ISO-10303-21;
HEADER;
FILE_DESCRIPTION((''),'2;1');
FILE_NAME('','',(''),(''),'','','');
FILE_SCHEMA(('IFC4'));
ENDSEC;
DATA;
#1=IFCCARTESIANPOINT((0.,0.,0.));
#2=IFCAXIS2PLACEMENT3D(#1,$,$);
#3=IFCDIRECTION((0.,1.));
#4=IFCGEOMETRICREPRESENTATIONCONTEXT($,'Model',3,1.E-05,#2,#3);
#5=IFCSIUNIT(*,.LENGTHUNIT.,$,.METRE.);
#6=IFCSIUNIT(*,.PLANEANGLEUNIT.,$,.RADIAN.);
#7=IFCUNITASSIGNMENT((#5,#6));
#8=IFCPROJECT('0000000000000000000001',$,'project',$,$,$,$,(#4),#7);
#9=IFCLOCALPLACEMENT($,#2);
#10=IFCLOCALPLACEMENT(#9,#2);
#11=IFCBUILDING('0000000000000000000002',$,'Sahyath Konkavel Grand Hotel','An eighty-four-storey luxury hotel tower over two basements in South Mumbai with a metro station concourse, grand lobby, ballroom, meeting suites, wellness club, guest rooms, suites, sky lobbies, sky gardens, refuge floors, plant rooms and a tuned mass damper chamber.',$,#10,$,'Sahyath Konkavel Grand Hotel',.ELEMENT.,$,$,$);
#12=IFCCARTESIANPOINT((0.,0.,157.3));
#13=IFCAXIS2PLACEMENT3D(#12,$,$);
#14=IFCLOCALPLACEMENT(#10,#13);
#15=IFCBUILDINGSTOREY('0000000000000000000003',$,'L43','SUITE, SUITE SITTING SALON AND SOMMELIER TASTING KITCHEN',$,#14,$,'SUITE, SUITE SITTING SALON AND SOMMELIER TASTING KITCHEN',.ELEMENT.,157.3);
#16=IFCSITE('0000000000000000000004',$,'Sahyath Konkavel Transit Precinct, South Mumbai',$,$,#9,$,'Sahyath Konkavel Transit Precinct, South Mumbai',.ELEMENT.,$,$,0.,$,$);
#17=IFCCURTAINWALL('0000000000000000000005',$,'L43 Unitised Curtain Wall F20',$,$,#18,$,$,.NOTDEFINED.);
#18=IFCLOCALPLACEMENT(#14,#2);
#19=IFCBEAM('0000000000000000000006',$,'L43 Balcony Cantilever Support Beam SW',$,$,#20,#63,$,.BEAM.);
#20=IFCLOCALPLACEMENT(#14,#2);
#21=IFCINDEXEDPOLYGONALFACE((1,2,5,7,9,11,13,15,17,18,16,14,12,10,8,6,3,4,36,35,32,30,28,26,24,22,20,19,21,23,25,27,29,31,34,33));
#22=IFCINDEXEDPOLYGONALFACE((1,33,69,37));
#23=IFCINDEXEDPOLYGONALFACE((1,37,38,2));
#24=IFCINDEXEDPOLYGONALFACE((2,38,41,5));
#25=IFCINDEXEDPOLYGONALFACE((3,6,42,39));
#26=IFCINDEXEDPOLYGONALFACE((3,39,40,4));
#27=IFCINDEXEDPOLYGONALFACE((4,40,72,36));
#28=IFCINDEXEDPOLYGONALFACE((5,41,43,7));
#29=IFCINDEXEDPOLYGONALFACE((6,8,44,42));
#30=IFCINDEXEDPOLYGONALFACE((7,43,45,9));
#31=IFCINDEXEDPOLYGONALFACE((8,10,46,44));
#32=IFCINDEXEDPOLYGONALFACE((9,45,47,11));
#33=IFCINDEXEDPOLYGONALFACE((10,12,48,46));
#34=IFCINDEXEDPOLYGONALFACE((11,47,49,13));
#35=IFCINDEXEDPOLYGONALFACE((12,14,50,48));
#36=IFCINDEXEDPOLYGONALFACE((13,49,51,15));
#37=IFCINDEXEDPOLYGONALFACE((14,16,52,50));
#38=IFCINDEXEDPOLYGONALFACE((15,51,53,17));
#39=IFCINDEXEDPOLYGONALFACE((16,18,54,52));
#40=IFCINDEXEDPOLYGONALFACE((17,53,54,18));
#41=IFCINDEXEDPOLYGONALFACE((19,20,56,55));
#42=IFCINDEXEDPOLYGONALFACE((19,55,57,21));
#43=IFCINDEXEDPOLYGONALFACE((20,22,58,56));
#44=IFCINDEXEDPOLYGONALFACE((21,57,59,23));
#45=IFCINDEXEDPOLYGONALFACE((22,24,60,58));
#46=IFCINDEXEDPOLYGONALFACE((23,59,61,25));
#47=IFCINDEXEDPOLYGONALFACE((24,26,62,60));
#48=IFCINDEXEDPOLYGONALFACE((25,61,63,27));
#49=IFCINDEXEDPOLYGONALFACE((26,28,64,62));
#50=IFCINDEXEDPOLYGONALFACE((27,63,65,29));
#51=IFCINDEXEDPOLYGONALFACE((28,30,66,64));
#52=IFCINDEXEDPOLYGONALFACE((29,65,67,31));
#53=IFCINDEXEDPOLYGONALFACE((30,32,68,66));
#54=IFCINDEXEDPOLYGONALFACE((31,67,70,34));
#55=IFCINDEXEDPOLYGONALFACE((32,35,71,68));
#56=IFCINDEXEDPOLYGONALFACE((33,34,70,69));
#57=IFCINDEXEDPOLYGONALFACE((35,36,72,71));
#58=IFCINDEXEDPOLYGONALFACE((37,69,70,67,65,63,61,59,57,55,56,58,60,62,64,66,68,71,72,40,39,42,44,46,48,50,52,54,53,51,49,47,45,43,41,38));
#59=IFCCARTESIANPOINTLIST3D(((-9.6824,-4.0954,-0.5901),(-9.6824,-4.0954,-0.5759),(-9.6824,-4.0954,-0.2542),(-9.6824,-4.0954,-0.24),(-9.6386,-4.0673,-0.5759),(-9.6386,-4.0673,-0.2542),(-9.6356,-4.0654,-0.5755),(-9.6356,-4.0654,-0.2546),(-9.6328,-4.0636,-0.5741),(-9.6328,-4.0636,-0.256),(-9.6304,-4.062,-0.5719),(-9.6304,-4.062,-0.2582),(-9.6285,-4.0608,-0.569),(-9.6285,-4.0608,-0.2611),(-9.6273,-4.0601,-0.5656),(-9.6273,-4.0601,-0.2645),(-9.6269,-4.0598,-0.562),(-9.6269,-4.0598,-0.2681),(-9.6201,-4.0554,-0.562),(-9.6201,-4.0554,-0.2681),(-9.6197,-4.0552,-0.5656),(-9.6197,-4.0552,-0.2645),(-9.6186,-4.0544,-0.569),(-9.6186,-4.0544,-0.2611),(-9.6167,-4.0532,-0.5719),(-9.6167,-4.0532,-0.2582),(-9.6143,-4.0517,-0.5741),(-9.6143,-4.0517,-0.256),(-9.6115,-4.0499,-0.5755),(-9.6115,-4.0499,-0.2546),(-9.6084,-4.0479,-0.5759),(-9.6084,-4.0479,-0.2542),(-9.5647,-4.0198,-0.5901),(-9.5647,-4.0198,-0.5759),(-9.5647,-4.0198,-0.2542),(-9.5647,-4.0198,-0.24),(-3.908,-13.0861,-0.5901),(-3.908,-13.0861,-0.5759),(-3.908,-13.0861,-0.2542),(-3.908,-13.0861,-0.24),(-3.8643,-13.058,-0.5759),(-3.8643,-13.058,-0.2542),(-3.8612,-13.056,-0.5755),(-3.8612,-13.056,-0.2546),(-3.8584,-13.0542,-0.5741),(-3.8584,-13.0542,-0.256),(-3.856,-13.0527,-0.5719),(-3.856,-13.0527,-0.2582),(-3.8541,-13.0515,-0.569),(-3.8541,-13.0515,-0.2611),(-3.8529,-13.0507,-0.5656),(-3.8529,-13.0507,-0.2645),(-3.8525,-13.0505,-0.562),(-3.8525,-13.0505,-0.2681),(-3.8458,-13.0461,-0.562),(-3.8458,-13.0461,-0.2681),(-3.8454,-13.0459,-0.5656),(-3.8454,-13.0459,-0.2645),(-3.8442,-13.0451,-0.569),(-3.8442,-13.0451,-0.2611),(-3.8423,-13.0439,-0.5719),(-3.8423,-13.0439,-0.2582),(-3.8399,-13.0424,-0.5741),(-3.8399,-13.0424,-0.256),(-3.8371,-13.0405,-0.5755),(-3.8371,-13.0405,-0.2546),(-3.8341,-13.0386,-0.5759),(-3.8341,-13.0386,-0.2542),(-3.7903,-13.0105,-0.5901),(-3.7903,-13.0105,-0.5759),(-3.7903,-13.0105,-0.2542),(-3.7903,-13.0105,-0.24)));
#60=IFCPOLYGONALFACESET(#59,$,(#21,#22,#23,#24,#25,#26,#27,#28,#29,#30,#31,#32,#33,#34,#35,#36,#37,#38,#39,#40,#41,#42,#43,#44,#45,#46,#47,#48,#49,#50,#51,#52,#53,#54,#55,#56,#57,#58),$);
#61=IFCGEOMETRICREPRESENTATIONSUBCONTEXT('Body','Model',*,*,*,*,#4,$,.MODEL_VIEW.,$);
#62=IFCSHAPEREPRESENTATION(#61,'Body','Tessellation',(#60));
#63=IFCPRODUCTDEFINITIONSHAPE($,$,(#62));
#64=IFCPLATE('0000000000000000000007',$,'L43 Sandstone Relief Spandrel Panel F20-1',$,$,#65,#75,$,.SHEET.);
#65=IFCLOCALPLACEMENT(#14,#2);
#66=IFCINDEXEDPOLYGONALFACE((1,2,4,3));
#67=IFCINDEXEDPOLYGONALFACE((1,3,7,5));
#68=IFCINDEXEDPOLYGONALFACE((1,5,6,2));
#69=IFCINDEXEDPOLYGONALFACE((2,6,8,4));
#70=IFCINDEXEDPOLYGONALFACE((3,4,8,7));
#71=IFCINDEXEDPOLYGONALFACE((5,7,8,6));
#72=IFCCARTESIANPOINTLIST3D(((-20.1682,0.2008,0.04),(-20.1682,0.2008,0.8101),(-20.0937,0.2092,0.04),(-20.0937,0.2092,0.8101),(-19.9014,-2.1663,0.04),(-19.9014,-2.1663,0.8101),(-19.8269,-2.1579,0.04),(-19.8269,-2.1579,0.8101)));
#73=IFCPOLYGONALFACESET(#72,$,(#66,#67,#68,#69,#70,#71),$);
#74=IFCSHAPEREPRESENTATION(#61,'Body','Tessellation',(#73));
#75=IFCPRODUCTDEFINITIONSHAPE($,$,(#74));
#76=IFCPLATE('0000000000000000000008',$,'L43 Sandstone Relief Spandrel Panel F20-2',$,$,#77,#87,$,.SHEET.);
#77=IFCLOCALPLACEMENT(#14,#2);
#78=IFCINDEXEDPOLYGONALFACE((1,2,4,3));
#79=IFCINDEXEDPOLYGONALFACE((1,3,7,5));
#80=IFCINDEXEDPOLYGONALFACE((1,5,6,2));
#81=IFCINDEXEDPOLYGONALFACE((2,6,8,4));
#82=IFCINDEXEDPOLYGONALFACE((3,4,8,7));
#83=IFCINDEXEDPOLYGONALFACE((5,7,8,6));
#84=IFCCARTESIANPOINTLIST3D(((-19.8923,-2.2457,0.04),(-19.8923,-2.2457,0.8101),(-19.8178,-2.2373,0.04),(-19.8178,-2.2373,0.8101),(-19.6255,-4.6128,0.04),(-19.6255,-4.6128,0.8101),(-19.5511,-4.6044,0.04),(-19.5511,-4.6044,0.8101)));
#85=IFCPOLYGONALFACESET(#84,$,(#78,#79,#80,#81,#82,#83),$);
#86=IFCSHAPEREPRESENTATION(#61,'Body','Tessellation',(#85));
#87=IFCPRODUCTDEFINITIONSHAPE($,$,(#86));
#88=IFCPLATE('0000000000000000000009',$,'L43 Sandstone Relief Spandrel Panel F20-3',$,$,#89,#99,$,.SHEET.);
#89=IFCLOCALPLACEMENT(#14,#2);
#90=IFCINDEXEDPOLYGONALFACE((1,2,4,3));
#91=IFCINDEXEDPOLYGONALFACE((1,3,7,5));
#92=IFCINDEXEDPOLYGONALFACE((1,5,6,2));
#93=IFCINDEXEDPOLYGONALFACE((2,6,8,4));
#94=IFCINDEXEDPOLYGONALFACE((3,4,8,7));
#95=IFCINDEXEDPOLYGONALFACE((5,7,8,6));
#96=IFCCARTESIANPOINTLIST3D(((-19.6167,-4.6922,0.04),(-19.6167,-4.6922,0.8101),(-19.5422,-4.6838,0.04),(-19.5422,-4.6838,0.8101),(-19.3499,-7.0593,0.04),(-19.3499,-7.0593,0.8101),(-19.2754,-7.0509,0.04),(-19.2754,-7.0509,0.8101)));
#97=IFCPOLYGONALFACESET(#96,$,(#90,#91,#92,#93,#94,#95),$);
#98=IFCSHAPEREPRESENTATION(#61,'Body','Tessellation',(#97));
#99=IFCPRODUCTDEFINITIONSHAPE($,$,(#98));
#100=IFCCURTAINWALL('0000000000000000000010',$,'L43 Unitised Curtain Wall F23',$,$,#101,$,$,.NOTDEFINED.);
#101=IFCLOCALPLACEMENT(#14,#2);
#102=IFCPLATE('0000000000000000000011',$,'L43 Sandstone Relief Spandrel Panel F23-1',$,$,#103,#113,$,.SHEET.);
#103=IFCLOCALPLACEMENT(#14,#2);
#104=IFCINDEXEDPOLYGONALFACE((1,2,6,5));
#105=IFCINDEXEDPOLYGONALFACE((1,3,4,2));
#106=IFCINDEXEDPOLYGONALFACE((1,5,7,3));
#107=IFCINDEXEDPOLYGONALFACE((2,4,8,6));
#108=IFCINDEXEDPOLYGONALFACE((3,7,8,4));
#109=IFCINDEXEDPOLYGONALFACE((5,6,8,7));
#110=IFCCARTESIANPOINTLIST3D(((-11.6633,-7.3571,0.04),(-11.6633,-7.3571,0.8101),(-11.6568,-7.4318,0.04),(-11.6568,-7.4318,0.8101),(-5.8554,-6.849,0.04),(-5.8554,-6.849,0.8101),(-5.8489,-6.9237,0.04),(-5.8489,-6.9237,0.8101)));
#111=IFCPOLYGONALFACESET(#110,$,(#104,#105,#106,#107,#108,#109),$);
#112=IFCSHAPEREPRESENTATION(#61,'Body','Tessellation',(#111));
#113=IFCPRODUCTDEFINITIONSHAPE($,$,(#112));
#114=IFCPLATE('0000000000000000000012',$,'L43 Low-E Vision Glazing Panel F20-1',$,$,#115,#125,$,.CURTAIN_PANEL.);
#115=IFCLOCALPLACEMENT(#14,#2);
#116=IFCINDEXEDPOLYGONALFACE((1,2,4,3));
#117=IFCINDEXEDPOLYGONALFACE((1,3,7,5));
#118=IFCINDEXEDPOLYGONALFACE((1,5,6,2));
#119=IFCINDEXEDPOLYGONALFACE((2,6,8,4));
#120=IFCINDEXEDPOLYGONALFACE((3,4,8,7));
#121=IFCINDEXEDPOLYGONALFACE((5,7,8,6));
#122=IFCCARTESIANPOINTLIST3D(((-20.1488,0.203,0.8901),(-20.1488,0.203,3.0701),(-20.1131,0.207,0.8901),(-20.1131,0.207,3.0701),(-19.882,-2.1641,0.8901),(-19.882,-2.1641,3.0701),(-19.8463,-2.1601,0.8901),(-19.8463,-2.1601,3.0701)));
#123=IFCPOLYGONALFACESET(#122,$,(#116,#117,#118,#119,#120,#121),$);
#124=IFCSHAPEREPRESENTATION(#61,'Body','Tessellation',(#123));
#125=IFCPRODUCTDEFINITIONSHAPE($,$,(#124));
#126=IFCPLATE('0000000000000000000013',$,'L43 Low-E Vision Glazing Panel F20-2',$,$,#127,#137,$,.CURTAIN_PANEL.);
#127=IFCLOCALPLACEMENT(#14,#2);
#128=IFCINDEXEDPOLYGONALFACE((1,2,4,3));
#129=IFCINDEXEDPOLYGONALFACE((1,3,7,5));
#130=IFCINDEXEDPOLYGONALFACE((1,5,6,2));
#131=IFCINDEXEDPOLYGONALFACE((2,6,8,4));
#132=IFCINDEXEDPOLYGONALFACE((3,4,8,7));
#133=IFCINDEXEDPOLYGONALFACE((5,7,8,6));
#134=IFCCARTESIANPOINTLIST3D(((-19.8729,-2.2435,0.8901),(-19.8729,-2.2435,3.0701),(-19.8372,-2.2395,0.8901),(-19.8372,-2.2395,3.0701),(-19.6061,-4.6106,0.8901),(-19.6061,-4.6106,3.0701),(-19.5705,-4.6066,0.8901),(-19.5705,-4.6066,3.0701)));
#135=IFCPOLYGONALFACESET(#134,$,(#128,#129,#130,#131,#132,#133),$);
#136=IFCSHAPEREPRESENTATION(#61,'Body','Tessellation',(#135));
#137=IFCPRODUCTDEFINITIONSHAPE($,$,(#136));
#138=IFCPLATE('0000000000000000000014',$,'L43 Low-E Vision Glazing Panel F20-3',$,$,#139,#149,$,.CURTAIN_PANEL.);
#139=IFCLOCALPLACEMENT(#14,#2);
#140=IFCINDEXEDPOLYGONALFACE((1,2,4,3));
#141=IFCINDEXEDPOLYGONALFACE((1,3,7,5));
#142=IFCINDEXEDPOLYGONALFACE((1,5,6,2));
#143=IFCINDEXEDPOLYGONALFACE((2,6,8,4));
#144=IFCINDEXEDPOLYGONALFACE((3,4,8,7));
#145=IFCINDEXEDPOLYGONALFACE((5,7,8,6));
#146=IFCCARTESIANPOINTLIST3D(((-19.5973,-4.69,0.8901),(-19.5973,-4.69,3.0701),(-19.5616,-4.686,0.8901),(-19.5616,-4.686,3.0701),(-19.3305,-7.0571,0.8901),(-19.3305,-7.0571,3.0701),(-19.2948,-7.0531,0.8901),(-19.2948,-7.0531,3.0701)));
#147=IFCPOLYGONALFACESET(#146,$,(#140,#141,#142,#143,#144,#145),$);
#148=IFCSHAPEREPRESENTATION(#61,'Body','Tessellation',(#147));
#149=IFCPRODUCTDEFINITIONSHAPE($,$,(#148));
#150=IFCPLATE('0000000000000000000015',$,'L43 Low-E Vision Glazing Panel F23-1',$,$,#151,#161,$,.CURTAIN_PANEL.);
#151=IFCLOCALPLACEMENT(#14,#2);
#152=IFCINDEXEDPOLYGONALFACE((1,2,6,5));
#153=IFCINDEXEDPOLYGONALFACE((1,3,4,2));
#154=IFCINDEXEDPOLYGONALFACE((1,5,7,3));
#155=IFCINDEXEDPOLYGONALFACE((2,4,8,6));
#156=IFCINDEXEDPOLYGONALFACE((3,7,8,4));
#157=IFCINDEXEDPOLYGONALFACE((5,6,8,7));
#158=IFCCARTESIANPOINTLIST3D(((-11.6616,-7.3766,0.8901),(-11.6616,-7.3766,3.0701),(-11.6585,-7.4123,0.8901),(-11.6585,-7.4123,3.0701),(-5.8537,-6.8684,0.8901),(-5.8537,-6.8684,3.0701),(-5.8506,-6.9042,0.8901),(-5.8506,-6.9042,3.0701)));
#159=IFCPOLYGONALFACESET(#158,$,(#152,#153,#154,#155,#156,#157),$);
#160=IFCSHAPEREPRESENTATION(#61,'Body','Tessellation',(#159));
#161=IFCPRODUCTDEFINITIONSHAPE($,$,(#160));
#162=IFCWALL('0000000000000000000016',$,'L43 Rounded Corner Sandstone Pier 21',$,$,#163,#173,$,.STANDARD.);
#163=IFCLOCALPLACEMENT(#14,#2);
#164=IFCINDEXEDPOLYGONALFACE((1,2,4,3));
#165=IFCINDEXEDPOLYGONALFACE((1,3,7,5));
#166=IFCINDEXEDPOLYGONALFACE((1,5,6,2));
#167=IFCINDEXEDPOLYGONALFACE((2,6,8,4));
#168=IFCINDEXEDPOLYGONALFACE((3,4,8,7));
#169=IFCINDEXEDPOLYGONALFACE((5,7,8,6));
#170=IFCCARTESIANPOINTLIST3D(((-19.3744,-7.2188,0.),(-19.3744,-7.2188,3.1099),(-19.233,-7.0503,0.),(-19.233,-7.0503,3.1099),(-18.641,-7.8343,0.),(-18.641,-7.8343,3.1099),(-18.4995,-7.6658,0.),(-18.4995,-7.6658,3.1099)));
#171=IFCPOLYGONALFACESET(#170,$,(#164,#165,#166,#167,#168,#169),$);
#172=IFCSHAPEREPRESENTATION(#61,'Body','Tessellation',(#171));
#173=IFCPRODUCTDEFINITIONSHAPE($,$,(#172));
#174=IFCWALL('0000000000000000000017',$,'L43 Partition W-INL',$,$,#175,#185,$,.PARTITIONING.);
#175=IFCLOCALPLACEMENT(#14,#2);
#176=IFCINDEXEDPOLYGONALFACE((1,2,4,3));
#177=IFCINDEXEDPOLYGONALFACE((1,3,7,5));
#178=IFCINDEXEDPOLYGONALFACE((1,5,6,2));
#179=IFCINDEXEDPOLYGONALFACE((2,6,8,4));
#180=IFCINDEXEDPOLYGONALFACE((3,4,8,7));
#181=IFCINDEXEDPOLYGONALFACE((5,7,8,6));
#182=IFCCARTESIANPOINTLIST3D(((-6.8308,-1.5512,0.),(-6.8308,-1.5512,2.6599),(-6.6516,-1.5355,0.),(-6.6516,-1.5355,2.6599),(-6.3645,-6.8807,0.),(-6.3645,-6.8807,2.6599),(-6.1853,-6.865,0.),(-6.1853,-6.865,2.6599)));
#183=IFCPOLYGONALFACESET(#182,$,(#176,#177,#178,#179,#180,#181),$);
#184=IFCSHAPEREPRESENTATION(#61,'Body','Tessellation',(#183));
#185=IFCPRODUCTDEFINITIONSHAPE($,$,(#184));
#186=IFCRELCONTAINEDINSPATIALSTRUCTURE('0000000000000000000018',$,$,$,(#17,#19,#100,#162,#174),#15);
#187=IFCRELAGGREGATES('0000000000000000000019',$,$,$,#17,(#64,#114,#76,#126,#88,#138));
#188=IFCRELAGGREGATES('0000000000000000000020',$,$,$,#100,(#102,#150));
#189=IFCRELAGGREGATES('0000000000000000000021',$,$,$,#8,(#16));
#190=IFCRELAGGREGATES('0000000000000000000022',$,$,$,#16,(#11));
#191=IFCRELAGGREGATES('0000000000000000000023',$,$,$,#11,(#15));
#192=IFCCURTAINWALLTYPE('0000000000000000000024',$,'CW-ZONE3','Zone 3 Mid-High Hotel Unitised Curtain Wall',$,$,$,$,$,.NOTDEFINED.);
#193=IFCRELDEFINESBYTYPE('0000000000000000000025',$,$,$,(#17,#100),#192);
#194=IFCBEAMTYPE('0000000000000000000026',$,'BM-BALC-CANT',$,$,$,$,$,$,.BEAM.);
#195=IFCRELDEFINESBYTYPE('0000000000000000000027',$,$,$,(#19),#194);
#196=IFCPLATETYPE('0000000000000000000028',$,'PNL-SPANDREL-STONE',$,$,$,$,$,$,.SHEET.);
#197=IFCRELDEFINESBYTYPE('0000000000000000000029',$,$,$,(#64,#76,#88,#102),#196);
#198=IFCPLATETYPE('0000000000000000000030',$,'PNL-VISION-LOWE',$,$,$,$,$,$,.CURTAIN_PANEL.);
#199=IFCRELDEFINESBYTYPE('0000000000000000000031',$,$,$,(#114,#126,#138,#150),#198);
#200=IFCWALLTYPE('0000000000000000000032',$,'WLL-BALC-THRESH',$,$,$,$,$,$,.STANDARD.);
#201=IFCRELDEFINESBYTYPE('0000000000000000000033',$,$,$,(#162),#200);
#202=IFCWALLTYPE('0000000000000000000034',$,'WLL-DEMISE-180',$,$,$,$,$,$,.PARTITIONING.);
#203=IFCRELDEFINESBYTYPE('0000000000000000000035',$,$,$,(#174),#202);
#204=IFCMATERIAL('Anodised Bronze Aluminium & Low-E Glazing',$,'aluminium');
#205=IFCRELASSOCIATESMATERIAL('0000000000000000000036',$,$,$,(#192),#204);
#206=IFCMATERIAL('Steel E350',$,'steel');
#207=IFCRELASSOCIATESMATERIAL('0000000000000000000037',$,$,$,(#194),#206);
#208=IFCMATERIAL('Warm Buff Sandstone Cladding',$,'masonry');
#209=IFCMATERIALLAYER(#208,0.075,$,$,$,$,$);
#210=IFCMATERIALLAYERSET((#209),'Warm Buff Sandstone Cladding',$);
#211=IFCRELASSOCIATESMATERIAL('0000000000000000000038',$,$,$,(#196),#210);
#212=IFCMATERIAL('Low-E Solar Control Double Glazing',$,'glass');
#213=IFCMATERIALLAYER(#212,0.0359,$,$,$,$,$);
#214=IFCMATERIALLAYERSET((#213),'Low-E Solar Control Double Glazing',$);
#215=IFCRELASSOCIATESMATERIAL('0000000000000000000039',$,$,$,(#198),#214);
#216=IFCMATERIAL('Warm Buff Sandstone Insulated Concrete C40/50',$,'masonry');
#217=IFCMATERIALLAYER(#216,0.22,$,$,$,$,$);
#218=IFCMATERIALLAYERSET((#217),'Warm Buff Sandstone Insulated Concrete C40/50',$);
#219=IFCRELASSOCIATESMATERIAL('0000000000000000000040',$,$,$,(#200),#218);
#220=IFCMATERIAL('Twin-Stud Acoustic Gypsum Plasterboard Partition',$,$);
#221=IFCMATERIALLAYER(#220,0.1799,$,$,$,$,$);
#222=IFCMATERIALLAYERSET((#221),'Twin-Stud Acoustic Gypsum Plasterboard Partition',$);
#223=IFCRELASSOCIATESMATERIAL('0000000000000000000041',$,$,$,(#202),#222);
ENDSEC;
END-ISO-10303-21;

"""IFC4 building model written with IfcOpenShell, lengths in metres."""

from ifc_helpers import new_model, si_unit, direction, frame, frame_2d, origin, origin_2d, place, context, subcontext, project, spatial, rectangle, i_section, extrude, source, transform, mapped, material, layer, layer_set, material_profile, profile_set, type_object, element, aggregate, save


model = new_model("IFC4")

# Units and contexts
model_context = context("Model", 3, precision=1e-05, world=origin(), true_north=direction((0.0, 1.0)))
body_context = subcontext(model_context, "Body", "Model", "MODEL_VIEW")
ifc_project = project(units=[si_unit("LENGTHUNIT", "METRE"), si_unit("PLANEANGLEUNIT", "RADIAN")], contexts=[model_context])

# Site, building, storey
site_placement = place(None, origin())
site = spatial("IfcSite", under=ifc_project, at=site_placement, Name="Sahyath Konkavel Transit Precinct, South Mumbai", LongName="Sahyath Konkavel Transit Precinct, South Mumbai", CompositionType="ELEMENT", RefElevation=0.0)
building_placement = place(site_placement, origin())
building = spatial("IfcBuilding", under=site, at=building_placement, Name="Sahyath Konkavel Grand Hotel", Description="An eighty-four-storey luxury hotel tower over two basements in South Mumbai with a metro station concourse, grand lobby, ballroom, meeting suites, wellness club, guest rooms, suites, sky lobbies, sky gardens, refuge floors, plant rooms and a tuned mass damper chamber.", LongName="Sahyath Konkavel Grand Hotel", CompositionType="ELEMENT")
storey_placement = place(building_placement, frame((0.0, 0.0, 157.3)))
storey = spatial("IfcBuildingStorey", under=building, at=storey_placement, Name="L43", Description="SUITE, SUITE SITTING SALON AND SOMMELIER TASTING KITCHEN", LongName="SUITE, SUITE SITTING SALON AND SOMMELIER TASTING KITCHEN", CompositionType="ELEMENT", Elevation=157.3)

# Shared definitions
ifc_material_1 = material(Name="Steel E350", Category="steel")

# Curtain wall
ifc_material_2 = material(Name="Anodised Bronze Aluminium & Low-E Glazing", Category="aluminium")
curtain_wall_type = type_object("IfcCurtainWallType", Name="CW-ZONE3", Description="Zone 3 Mid-High Hotel Unitised Curtain Wall", PredefinedType="NOTDEFINED", material=ifc_material_2)
curtain_wall_1_placement = place(storey_placement, origin())
curtain_wall_1 = element("IfcCurtainWall", 1, at=curtain_wall_1_placement, inside=storey, type_object=curtain_wall_type, Name="L43 Unitised Curtain Wall F20", PredefinedType="NOTDEFINED")

# Beam
ifc_material_profile_1 = material_profile(ifc_material_1, i_section(OverallWidth=0.1399, OverallDepth=0.3501, WebThickness=0.0081, FlangeThickness=0.0142, FilletRadius=0.0139, at=origin_2d()), Name="ISMB 350")
ifc_profile_set_1 = profile_set([ifc_material_profile_1], Name="Steel E350")
beam_type_1 = type_object("IfcBeamType", Name="BM-BALC-CANT", PredefinedType="BEAM", material=ifc_profile_set_1)
shared_shape_1 = source(origin(), body_context, "Body", "SweptSolid", [
    extrude(i_section(OverallWidth=0.1399, OverallDepth=0.3501, WebThickness=0.0081, FlangeThickness=0.0142, FilletRadius=0.0139, at=origin_2d()), origin(), (0.0, 0.0, 1.0), 10.6853),
])
beam_1_placement = place(storey_placement, frame((-9.6235, -4.0576, -0.415), z_axis=(0.540404, -0.841406, 0.0), x_axis=(0.841406, 0.540404, 0.0)))
element("IfcBeam", 2, at=beam_1_placement, inside=storey, type_object=beam_type_1, Name="L43 Balcony Cantilever Support Beam SW", PredefinedType="BEAM", context=body_context, shape_type="MappedRepresentation", body=[
    mapped(shared_shape_1, transform((0.0, 0.0, 0.0), scale=1.0)),
])

# Plates
ifc_material_3 = material(Name="Warm Buff Sandstone Cladding", Category="masonry")
ifc_layer_1 = layer(ifc_material_3, 0.075)
ifc_layer_set_1 = layer_set([ifc_layer_1], Name="Warm Buff Sandstone Cladding")
plate_type_1 = type_object("IfcPlateType", Name="PNL-SPANDREL-STONE", PredefinedType="SHEET", material=ifc_layer_set_1)
shared_shape_2 = source(origin(), body_context, "Body", "SweptSolid", [
    extrude(rectangle(XDim=2.3821, YDim=0.075, at=origin_2d()), origin(), (0.0, 0.0, 1.0), 0.77),
])
plate_1_placement = place(storey_placement, frame((-19.9976, -0.9785, 0.04), z_axis=(0.0, 0.0, 1.0), x_axis=(0.111989, -0.993709, 0.0)))
plate_1 = element("IfcPlate", 3, at=plate_1_placement, type_object=plate_type_1, Name="L43 Sandstone Relief Spandrel Panel F20-1", PredefinedType="SHEET", context=body_context, shape_type="MappedRepresentation", body=[
    mapped(shared_shape_2, transform((0.0, 0.0, 0.0), scale=1.0)),
])
plate_2_placement = place(storey_placement, frame((-19.7217, -3.425, 0.04), z_axis=(0.0, 0.0, 1.0), x_axis=(0.111989, -0.993709, 0.0)))
plate_2 = element("IfcPlate", 4, at=plate_2_placement, type_object=plate_type_1, Name="L43 Sandstone Relief Spandrel Panel F20-2", PredefinedType="SHEET", context=body_context, shape_type="MappedRepresentation", body=[
    mapped(shared_shape_2, transform((0.0, 0.0, 0.0), scale=1.0)),
])
plate_3_placement = place(storey_placement, frame((-19.446, -5.8716, 0.04), z_axis=(0.0, 0.0, 1.0), x_axis=(0.111989, -0.993709, 0.0)))
plate_3 = element("IfcPlate", 5, at=plate_3_placement, type_object=plate_type_1, Name="L43 Sandstone Relief Spandrel Panel F20-3", PredefinedType="SHEET", context=body_context, shape_type="MappedRepresentation", body=[
    mapped(shared_shape_2, transform((0.0, 0.0, 0.0), scale=1.0)),
])

# Curtain wall, plate
curtain_wall_2_placement = place(storey_placement, origin())
curtain_wall_2 = element("IfcCurtainWall", 6, at=curtain_wall_2_placement, inside=storey, type_object=curtain_wall_type, Name="L43 Unitised Curtain Wall F23", PredefinedType="NOTDEFINED")
shared_shape_3 = source(origin(), body_context, "Body", "SweptSolid", [
    extrude(rectangle(XDim=5.8301, YDim=0.075, at=origin_2d()), origin(), (0.0, 0.0, 1.0), 0.77),
])
plate_4_placement = place(storey_placement, frame((-8.7561, -7.1404, 0.04), z_axis=(0.0, 0.0, 1.0), x_axis=(0.996195, 0.087156, 0.0)))
plate_4 = element("IfcPlate", 7, at=plate_4_placement, type_object=plate_type_1, Name="L43 Sandstone Relief Spandrel Panel F23-1", PredefinedType="SHEET", context=body_context, shape_type="MappedRepresentation", body=[
    mapped(shared_shape_3, transform((0.0, 0.0, 0.0), scale=1.0)),
])

# Plates
ifc_material_4 = material(Name="Low-E Solar Control Double Glazing", Category="glass")
ifc_layer_2 = layer(ifc_material_4, 0.0359)
ifc_layer_set_2 = layer_set([ifc_layer_2], Name="Low-E Solar Control Double Glazing")
plate_type_2 = type_object("IfcPlateType", Name="PNL-VISION-LOWE", PredefinedType="CURTAIN_PANEL", material=ifc_layer_set_2)
shared_shape_4 = source(origin(), body_context, "Body", "SweptSolid", [
    extrude(rectangle(XDim=2.3821, YDim=0.0359, at=origin_2d()), origin(), (0.0, 0.0, 1.0), 2.1799),
])
plate_5_placement = place(storey_placement, frame((-19.9976, -0.9785, 0.8901), z_axis=(0.0, 0.0, 1.0), x_axis=(0.111989, -0.993709, 0.0)))
plate_5 = element("IfcPlate", 8, at=plate_5_placement, type_object=plate_type_2, Name="L43 Low-E Vision Glazing Panel F20-1", PredefinedType="CURTAIN_PANEL", context=body_context, shape_type="MappedRepresentation", body=[
    mapped(shared_shape_4, transform((0.0, 0.0, 0.0), scale=1.0)),
])
plate_6_placement = place(storey_placement, frame((-19.7217, -3.425, 0.8901), z_axis=(0.0, 0.0, 1.0), x_axis=(0.111989, -0.993709, 0.0)))
plate_6 = element("IfcPlate", 9, at=plate_6_placement, type_object=plate_type_2, Name="L43 Low-E Vision Glazing Panel F20-2", PredefinedType="CURTAIN_PANEL", context=body_context, shape_type="MappedRepresentation", body=[
    mapped(shared_shape_4, transform((0.0, 0.0, 0.0), scale=1.0)),
])
plate_7_placement = place(storey_placement, frame((-19.446, -5.8716, 0.8901), z_axis=(0.0, 0.0, 1.0), x_axis=(0.111989, -0.993709, 0.0)))
plate_7 = element("IfcPlate", 10, at=plate_7_placement, type_object=plate_type_2, Name="L43 Low-E Vision Glazing Panel F20-3", PredefinedType="CURTAIN_PANEL", context=body_context, shape_type="MappedRepresentation", body=[
    mapped(shared_shape_4, transform((0.0, 0.0, 0.0), scale=1.0)),
])
aggregate(curtain_wall_1, [plate_1, plate_5, plate_2, plate_6, plate_3, plate_7])
shared_shape_5 = source(origin(), body_context, "Body", "SweptSolid", [
    extrude(rectangle(XDim=5.8301, YDim=0.0359, at=origin_2d()), origin(), (0.0, 0.0, 1.0), 2.1799),
])
plate_8_placement = place(storey_placement, frame((-8.7561, -7.1404, 0.8901), z_axis=(0.0, 0.0, 1.0), x_axis=(0.996195, 0.087156, 0.0)))
plate_8 = element("IfcPlate", 11, at=plate_8_placement, type_object=plate_type_2, Name="L43 Low-E Vision Glazing Panel F23-1", PredefinedType="CURTAIN_PANEL", context=body_context, shape_type="MappedRepresentation", body=[
    mapped(shared_shape_5, transform((0.0, 0.0, 0.0), scale=1.0)),
])
aggregate(curtain_wall_2, [plate_4, plate_8])

# Walls
ifc_material_5 = material(Name="Warm Buff Sandstone Insulated Concrete C40/50", Category="masonry")
ifc_layer_3 = layer(ifc_material_5, 0.22)
ifc_layer_set_3 = layer_set([ifc_layer_3], Name="Warm Buff Sandstone Insulated Concrete C40/50")
wall_type_1 = type_object("IfcWallType", Name="WLL-BALC-THRESH", PredefinedType="STANDARD", material=ifc_layer_set_3)
wall_1_placement = place(storey_placement, frame((-19.3037, -7.1345, 0.0), z_axis=(0.0, 0.0, 1.0), x_axis=(0.766001, -0.642839, 0.0)))
element("IfcWall", 12, at=wall_1_placement, inside=storey, type_object=wall_type_1, Name="L43 Rounded Corner Sandstone Pier 21", PredefinedType="STANDARD", context=body_context, shape_type="SweptSolid", body=[
    extrude(rectangle(XDim=0.9575, YDim=0.22, at=frame_2d((0.4788, 0.0))), origin(), (0.0, 0.0, 1.0), 3.1099),
])
ifc_material_6 = material(Name="Twin-Stud Acoustic Gypsum Plasterboard Partition")
ifc_layer_4 = layer(ifc_material_6, 0.1799)
ifc_layer_set_4 = layer_set([ifc_layer_4], Name="Twin-Stud Acoustic Gypsum Plasterboard Partition")
wall_type_2 = type_object("IfcWallType", Name="WLL-DEMISE-180", PredefinedType="PARTITIONING", material=ifc_layer_set_4)
wall_2_placement = place(storey_placement, frame((-6.7412, -1.5435, 0.0), z_axis=(0.0, 0.0, 1.0), x_axis=(0.087161, -0.996194, 0.0)))
element("IfcWall", 13, at=wall_2_placement, inside=storey, type_object=wall_type_2, Name="L43 Partition W-INL", PredefinedType="PARTITIONING", context=body_context, shape_type="SweptSolid", body=[
    extrude(rectangle(XDim=5.3499, YDim=0.1799, at=frame_2d((2.6748, 0.0))), origin(), (0.0, 0.0, 1.0), 2.6599),
])

save(model, "model.ifc")
